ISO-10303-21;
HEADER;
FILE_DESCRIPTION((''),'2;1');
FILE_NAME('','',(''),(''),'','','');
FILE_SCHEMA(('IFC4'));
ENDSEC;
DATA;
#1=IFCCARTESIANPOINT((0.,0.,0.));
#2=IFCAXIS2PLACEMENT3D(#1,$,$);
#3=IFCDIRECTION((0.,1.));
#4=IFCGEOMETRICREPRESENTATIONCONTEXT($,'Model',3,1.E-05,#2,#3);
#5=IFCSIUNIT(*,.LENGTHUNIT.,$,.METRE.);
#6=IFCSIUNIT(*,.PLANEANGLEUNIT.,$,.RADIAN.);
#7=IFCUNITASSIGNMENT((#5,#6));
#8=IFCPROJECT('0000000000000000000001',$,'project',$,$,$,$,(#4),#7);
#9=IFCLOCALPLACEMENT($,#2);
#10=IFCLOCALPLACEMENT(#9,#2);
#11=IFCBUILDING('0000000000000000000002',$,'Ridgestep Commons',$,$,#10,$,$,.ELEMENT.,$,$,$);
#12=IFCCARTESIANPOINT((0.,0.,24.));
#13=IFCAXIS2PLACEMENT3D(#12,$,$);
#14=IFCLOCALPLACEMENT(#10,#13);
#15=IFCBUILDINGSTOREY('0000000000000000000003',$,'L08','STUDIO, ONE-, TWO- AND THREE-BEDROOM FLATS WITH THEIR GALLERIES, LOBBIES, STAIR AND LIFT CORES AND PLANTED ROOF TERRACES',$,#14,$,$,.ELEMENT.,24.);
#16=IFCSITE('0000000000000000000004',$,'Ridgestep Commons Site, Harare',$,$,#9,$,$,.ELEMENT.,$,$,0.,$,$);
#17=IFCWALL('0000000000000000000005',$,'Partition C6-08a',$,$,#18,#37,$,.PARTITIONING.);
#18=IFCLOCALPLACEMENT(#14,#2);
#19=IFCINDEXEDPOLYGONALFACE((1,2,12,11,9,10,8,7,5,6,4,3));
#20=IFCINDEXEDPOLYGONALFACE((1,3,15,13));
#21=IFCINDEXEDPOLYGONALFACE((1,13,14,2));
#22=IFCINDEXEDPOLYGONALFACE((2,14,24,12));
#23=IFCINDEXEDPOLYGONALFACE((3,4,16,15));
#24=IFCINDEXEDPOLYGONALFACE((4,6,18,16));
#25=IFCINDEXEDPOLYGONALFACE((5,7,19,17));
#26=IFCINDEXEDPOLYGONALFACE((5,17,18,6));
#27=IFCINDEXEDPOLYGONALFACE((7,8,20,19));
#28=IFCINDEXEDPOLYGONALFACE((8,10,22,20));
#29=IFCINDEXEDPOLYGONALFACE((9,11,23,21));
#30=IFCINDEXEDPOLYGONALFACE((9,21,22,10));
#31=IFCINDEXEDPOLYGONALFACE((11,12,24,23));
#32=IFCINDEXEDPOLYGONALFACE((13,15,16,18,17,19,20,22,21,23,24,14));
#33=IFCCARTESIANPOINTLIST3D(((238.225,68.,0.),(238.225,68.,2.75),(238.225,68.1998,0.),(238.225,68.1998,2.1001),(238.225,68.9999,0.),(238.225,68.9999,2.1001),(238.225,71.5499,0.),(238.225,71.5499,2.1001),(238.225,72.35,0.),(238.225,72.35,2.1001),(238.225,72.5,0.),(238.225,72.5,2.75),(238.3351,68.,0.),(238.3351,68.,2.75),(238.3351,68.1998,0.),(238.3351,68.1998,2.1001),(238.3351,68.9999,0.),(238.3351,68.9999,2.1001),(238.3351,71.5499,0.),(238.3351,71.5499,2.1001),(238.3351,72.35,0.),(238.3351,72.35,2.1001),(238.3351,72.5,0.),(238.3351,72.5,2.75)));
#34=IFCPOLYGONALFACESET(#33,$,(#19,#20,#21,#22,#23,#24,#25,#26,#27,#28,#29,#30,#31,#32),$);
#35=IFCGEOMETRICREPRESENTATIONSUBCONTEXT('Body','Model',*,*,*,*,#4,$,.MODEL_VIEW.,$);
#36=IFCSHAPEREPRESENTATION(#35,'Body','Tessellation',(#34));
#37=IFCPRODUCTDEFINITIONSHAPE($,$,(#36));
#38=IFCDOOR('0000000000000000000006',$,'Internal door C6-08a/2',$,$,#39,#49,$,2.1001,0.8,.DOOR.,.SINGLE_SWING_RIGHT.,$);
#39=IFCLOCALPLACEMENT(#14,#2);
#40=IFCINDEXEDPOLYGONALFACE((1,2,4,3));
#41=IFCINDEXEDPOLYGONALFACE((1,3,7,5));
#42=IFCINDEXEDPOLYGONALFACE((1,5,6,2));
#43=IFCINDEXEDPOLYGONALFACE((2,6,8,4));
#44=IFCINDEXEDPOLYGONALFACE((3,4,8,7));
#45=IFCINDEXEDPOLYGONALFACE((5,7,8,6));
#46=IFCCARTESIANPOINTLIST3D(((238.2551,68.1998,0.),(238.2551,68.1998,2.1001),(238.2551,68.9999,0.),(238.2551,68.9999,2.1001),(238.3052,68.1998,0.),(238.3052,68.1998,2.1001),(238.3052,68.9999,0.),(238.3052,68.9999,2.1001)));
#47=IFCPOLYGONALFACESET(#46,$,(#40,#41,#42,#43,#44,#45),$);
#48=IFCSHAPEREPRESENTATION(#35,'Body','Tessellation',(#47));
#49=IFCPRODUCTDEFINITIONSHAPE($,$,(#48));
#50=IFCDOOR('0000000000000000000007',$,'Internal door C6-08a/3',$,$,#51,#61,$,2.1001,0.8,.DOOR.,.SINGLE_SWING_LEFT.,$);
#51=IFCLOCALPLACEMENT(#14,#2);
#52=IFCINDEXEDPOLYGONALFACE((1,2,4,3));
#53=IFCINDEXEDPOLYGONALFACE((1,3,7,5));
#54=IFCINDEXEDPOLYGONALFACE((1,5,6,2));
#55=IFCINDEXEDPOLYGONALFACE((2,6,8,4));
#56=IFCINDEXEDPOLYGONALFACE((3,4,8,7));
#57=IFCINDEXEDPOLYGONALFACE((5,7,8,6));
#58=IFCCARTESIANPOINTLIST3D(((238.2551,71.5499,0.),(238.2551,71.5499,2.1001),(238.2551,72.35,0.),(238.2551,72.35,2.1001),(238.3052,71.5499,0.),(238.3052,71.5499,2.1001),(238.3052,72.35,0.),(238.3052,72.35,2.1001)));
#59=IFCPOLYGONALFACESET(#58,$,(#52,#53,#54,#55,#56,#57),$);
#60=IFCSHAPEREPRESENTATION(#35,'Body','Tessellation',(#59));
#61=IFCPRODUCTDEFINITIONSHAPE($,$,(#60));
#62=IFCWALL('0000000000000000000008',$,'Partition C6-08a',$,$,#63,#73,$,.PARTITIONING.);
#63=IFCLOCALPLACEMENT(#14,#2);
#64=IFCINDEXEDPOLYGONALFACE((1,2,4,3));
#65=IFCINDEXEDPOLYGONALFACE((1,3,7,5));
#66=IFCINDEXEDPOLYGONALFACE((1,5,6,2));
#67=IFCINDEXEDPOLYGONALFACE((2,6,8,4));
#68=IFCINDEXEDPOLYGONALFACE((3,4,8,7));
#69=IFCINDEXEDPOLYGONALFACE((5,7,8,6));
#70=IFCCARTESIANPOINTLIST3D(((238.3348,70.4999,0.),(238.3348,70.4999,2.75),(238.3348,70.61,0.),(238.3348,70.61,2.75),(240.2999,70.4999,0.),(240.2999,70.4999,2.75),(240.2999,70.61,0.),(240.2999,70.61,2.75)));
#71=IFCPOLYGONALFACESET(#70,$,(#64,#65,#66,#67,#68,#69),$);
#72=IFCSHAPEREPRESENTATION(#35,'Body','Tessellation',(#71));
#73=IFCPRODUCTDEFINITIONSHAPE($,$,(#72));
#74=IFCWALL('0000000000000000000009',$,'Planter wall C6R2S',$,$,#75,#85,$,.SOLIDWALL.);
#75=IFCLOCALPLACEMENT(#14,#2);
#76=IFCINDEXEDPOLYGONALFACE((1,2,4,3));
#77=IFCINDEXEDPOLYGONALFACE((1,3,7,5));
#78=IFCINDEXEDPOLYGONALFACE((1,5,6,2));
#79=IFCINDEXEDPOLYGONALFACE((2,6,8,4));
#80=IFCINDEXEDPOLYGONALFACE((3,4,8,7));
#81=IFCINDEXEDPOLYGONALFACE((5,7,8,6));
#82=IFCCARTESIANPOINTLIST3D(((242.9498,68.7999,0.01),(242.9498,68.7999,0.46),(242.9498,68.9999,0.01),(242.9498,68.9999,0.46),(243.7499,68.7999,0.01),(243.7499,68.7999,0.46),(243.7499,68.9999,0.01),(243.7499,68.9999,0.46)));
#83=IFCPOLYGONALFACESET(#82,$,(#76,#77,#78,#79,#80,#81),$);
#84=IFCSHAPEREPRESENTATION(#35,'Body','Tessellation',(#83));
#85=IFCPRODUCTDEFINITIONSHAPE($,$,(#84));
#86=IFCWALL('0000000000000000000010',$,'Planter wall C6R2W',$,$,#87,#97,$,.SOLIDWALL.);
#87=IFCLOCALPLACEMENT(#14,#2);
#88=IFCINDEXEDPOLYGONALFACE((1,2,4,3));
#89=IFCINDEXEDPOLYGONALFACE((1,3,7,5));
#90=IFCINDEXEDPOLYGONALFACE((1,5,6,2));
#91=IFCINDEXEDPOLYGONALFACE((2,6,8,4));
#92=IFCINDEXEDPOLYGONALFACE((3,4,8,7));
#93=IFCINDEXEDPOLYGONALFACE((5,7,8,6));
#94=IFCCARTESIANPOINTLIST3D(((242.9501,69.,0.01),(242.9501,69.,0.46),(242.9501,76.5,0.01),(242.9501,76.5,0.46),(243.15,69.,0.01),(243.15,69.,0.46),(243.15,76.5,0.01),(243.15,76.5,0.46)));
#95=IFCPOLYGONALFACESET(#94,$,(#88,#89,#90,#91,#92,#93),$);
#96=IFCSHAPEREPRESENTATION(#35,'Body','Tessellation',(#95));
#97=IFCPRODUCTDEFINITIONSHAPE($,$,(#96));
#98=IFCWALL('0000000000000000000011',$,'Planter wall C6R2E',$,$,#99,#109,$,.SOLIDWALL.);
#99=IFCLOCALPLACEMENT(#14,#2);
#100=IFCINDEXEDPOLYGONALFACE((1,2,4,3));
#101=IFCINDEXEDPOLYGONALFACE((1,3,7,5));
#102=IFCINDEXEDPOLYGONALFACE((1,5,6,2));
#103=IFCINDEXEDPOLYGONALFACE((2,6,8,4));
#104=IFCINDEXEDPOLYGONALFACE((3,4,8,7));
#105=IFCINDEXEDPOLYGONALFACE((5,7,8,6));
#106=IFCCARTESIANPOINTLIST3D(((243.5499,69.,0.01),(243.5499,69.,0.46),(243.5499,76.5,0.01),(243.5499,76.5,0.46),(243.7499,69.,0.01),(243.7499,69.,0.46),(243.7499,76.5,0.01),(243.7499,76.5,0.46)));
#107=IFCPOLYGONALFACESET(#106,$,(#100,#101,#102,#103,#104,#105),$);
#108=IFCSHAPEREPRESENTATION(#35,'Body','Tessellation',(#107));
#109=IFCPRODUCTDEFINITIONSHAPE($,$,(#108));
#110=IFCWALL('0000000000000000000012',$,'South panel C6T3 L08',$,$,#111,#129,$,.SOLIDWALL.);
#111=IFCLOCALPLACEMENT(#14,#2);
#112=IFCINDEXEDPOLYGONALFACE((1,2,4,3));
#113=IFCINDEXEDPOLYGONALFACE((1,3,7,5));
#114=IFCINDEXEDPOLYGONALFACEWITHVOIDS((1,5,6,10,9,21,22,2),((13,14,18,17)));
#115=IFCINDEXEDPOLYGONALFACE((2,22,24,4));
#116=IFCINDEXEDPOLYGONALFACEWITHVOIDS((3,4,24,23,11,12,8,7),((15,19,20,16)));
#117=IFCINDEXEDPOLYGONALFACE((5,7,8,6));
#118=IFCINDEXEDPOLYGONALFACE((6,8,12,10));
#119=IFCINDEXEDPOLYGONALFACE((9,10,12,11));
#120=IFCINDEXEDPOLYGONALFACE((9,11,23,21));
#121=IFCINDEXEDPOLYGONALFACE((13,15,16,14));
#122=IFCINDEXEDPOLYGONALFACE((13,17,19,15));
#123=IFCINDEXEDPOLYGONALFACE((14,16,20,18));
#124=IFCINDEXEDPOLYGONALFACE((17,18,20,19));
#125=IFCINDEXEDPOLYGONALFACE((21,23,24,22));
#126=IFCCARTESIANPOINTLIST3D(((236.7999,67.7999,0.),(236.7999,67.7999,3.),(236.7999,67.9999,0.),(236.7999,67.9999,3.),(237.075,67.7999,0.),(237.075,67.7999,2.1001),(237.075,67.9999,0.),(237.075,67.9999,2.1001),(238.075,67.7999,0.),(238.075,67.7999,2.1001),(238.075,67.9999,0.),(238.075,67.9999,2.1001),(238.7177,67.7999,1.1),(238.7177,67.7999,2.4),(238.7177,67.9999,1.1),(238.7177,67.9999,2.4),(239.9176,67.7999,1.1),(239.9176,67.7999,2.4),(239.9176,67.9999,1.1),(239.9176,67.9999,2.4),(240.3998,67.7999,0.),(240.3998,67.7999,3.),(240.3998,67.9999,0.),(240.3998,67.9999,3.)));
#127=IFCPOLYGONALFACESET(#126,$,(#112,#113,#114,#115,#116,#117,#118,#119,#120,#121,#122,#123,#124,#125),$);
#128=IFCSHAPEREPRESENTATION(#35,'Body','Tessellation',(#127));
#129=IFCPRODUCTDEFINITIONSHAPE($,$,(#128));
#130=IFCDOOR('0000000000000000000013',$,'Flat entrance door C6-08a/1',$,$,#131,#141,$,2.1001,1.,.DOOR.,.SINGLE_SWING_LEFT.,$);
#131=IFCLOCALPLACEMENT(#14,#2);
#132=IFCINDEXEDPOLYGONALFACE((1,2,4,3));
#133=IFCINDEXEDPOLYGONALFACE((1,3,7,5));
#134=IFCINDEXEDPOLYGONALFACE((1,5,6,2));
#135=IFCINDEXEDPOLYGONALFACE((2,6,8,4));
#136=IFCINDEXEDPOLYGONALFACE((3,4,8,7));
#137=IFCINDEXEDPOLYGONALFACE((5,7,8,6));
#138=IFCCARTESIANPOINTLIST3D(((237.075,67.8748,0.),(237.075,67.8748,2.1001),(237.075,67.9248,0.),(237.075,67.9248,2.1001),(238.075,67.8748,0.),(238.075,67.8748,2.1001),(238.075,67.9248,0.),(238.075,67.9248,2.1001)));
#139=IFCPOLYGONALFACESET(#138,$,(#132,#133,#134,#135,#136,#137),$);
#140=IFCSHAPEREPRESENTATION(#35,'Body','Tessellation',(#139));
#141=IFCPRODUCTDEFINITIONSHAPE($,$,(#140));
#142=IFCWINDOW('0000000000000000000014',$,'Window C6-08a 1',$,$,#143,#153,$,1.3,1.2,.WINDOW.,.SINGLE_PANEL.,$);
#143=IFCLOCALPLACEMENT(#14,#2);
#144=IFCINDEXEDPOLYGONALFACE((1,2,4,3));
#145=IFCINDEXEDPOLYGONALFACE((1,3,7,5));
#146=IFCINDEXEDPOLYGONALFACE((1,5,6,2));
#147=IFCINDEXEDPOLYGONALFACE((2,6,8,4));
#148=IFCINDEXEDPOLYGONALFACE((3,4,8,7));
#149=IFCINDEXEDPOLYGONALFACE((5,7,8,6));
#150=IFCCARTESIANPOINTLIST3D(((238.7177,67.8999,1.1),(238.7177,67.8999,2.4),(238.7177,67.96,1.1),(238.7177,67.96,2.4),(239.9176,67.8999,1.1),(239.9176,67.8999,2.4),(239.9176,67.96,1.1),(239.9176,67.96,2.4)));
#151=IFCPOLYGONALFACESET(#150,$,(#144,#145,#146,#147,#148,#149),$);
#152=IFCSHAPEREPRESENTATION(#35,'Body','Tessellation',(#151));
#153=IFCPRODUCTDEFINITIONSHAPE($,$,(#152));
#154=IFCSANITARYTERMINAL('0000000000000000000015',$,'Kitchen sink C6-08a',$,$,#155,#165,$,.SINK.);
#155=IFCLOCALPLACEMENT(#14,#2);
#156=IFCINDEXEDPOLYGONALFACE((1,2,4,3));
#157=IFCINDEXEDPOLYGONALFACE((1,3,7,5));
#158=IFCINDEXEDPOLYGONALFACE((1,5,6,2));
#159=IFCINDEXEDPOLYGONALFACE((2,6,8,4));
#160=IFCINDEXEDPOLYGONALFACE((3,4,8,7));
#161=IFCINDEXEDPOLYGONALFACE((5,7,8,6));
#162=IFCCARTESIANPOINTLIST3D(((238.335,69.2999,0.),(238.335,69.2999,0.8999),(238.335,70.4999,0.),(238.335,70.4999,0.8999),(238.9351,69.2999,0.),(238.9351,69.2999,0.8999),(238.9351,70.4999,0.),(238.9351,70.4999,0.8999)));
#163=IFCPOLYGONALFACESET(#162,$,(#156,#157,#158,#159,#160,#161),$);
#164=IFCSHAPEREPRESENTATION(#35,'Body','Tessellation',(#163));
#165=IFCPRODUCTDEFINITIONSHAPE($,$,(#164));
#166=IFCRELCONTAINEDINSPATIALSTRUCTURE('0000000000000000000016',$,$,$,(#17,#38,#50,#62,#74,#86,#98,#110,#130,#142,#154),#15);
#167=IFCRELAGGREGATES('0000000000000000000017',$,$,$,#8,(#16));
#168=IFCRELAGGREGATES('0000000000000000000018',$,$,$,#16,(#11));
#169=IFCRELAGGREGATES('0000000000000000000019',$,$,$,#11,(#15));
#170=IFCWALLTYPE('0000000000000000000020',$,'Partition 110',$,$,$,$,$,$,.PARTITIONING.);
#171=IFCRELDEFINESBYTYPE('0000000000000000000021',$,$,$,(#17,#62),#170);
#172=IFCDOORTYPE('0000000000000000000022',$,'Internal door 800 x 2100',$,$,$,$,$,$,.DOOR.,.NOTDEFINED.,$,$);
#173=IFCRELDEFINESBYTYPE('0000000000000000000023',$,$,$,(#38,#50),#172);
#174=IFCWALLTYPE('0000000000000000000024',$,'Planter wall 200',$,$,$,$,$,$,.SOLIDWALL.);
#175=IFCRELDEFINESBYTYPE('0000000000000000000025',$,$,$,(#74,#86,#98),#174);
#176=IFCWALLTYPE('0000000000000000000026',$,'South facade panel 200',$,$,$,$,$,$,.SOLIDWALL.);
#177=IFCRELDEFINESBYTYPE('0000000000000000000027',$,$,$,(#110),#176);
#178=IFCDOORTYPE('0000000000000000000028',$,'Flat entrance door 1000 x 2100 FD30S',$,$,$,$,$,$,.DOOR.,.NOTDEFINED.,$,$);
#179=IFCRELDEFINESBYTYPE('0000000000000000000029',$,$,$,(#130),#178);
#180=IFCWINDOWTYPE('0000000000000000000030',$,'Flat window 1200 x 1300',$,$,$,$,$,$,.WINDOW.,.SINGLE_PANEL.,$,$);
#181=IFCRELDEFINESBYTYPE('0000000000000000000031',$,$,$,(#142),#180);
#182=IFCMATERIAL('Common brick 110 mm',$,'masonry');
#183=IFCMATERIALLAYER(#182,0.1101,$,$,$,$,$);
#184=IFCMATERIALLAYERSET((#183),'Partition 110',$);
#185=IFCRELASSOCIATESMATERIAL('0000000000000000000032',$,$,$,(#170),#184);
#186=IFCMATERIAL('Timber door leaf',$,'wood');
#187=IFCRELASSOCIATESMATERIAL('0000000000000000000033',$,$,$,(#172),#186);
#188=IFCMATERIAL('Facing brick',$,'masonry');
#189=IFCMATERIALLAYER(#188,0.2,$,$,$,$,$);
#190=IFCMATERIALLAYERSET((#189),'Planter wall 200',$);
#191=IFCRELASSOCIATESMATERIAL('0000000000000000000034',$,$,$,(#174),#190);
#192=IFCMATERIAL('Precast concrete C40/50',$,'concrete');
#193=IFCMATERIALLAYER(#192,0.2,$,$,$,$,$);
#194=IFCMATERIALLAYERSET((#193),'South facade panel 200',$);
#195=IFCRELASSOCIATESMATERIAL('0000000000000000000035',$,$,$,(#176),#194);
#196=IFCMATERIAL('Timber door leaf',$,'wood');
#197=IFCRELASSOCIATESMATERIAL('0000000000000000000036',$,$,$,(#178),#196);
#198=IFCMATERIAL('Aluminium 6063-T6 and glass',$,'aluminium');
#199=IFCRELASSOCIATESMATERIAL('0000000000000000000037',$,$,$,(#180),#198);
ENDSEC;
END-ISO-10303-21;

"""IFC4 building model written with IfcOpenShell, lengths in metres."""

from ifc_helpers import new_model, si_unit, direction, frame, frame_2d, origin, origin_2d, place, context, subcontext, project, spatial, rectangle, extrude, material, layer, layer_set, type_object, element, fill, save


model = new_model("IFC4")

# Units and contexts
model_context = context("Model", 3, precision=1e-05, world=origin(), true_north=direction((0.0, 1.0)))
body_context = subcontext(model_context, "Body", "Model", "MODEL_VIEW")
ifc_project = project(units=[si_unit("LENGTHUNIT", "METRE"), si_unit("PLANEANGLEUNIT", "RADIAN")], contexts=[model_context])

# Site, building, storey
site_placement = place(None, origin())
site = spatial("IfcSite", under=ifc_project, at=site_placement, Name="Ridgestep Commons Site, Harare", CompositionType="ELEMENT", RefElevation=0.0)
building_placement = place(site_placement, origin())
building = spatial("IfcBuilding", under=site, at=building_placement, Name="Ridgestep Commons", CompositionType="ELEMENT")
storey_placement = place(building_placement, frame((0.0, 0.0, 24.0)))
storey = spatial("IfcBuildingStorey", under=building, at=storey_placement, Name="L08", Description="STUDIO, ONE-, TWO- AND THREE-BEDROOM FLATS WITH THEIR GALLERIES, LOBBIES, STAIR AND LIFT CORES AND PLANTED ROOF TERRACES", CompositionType="ELEMENT", Elevation=24.0)

# Wall, openings, doors
ifc_material_1 = material(Name="Common brick 110 mm", Category="masonry")
ifc_layer_1 = layer(ifc_material_1, 0.1101)
ifc_layer_set_1 = layer_set([ifc_layer_1], Name="Partition 110")
wall_type_1 = type_object("IfcWallType", Name="Partition 110", PredefinedType="PARTITIONING", material=ifc_layer_set_1)
wall_1_placement = place(storey_placement, frame((238.28, 68.0, 0.0), z_axis=(0.0, 0.0, 1.0), x_axis=(0.0, 1.0, 0.0)))
wall_1 = element("IfcWall", 1, at=wall_1_placement, inside=storey, type_object=wall_type_1, Name="Partition C6-08a", PredefinedType="PARTITIONING", context=body_context, shape_type="SweptSolid", body=[
    extrude(rectangle(XDim=4.5, YDim=0.1101, at=frame_2d((2.25, 0.0))), origin(), (0.0, 0.0, 1.0), 2.75),
])
opening_1_placement = place(wall_1_placement, frame((0.2, 0.0, 0.0)))
opening_1 = element("IfcOpeningElement", 2, at=opening_1_placement, cuts=wall_1, PredefinedType="OPENING", context=body_context, shape_type="SweptSolid", body=[
    extrude(rectangle(XDim=0.8, YDim=2.1001, at=frame_2d((0.3999, 1.05))), frame((0.0, 0.0649, 0.0), z_axis=(0.0, -1.0, 0.0), x_axis=(1.0, 0.0, 0.0)), (0.0, 0.0, 1.0), 0.1301),
])
opening_2_placement = place(wall_1_placement, frame((3.55, 0.0, 0.0)))
opening_2 = element("IfcOpeningElement", 3, at=opening_2_placement, cuts=wall_1, PredefinedType="OPENING", context=body_context, shape_type="SweptSolid", body=[
    extrude(rectangle(XDim=0.8, YDim=2.1001, at=frame_2d((0.3999, 1.05))), frame((0.0, 0.0649, 0.0), z_axis=(0.0, -1.0, 0.0), x_axis=(1.0, 0.0, 0.0)), (0.0, 0.0, 1.0), 0.1301),
])
ifc_material_2 = material(Name="Timber door leaf", Category="wood")
door_type_1 = type_object("IfcDoorType", Name="Internal door 800 x 2100", OperationType="NOTDEFINED", PredefinedType="DOOR", material=ifc_material_2)
door_1_placement = place(opening_1_placement, origin())
door_1 = element("IfcDoor", 4, at=door_1_placement, inside=storey, type_object=door_type_1, Name="Internal door C6-08a/2", OperationType="SINGLE_SWING_RIGHT", OverallHeight=2.1001, OverallWidth=0.8, PredefinedType="DOOR", context=body_context, shape_type="SweptSolid", body=[
    extrude(rectangle(XDim=0.8, YDim=2.1001, at=frame_2d((0.3999, 1.05))), frame((0.0, 0.0249, 0.0), z_axis=(0.0, -1.0, 0.0), x_axis=(1.0, 0.0, 0.0)), (0.0, 0.0, 1.0), 0.05),
])
fill(opening_1, door_1)
door_2_placement = place(opening_2_placement, origin())
door_2 = element("IfcDoor", 5, at=door_2_placement, inside=storey, type_object=door_type_1, Name="Internal door C6-08a/3", OperationType="SINGLE_SWING_LEFT", OverallHeight=2.1001, OverallWidth=0.8, PredefinedType="DOOR", context=body_context, shape_type="SweptSolid", body=[
    extrude(rectangle(XDim=0.8, YDim=2.1001, at=frame_2d((0.3999, 1.05))), frame((0.0, 0.0249, 0.0), z_axis=(0.0, -1.0, 0.0), x_axis=(1.0, 0.0, 0.0)), (0.0, 0.0, 1.0), 0.05),
])
fill(opening_2, door_2)

# Walls
wall_2_placement = place(storey_placement, frame((238.335, 70.5549, 0.0), z_axis=(0.0, 0.0, 1.0), x_axis=(1.0, 0.0, 0.0)))
element("IfcWall", 6, at=wall_2_placement, inside=storey, type_object=wall_type_1, Name="Partition C6-08a", PredefinedType="PARTITIONING", context=body_context, shape_type="SweptSolid", body=[
    extrude(rectangle(XDim=1.9651, YDim=0.1101, at=frame_2d((0.9824, 0.0))), origin(), (0.0, 0.0, 1.0), 2.75),
])
ifc_material_3 = material(Name="Facing brick", Category="masonry")
ifc_layer_2 = layer(ifc_material_3, 0.2)
ifc_layer_set_2 = layer_set([ifc_layer_2], Name="Planter wall 200")
wall_type_2 = type_object("IfcWallType", Name="Planter wall 200", PredefinedType="SOLIDWALL", material=ifc_layer_set_2)
wall_3_placement = place(storey_placement, frame((242.95, 68.8999, 0.01), z_axis=(0.0, 0.0, 1.0), x_axis=(1.0, 0.0, 0.0)))
element("IfcWall", 7, at=wall_3_placement, inside=storey, type_object=wall_type_2, Name="Planter wall C6R2S", PredefinedType="SOLIDWALL", context=body_context, shape_type="SweptSolid", body=[
    extrude(rectangle(XDim=0.8, YDim=0.2, at=frame_2d((0.3999, 0.0))), origin(), (0.0, 0.0, 1.0), 0.45),
])
for number, where, z_axis, x_axis, name in (
    (8, (243.05, 69.0, 0.01), (0.0, 0.0, 1.0), (0.0, 1.0, 0.0), "Planter wall C6R2W"),
    (9, (243.6499, 69.0, 0.01), (0.0, 0.0, 1.0), (0.0, 1.0, 0.0), "Planter wall C6R2E"),
):
    element("IfcWall", number, at=place(storey_placement, frame(where, z_axis=z_axis, x_axis=x_axis)), inside=storey, type_object=wall_type_2, Name=name, PredefinedType="SOLIDWALL", context=body_context, shape_type="SweptSolid", body=[
        extrude(rectangle(XDim=7.5, YDim=0.2, at=frame_2d((3.75, 0.0))), origin(), (0.0, 0.0, 1.0), 0.45),
    ])

# Wall, openings, door, window
ifc_material_4 = material(Name="Precast concrete C40/50", Category="concrete")
ifc_layer_3 = layer(ifc_material_4, 0.2)
ifc_layer_set_3 = layer_set([ifc_layer_3], Name="South facade panel 200")
wall_type_3 = type_object("IfcWallType", Name="South facade panel 200", PredefinedType="SOLIDWALL", material=ifc_layer_set_3)
wall_4_placement = place(storey_placement, frame((236.8, 67.8999, 0.0), z_axis=(0.0, 0.0, 1.0), x_axis=(1.0, 0.0, 0.0)))
wall_4 = element("IfcWall", 10, at=wall_4_placement, inside=storey, type_object=wall_type_3, Name="South panel C6T3 L08", PredefinedType="SOLIDWALL", context=body_context, shape_type="SweptSolid", body=[
    extrude(rectangle(XDim=3.5999, YDim=0.2, at=frame_2d((1.7998, 0.0))), origin(), (0.0, 0.0, 1.0), 3.0),
])
opening_3_placement = place(wall_4_placement, frame((1.9175, 0.0, 1.1001)))
opening_3 = element("IfcOpeningElement", 11, at=opening_3_placement, cuts=wall_4, PredefinedType="OPENING", context=body_context, shape_type="SweptSolid", body=[
    extrude(rectangle(XDim=1.2, YDim=1.3, at=frame_2d((0.6001, 0.6499))), frame((0.0, 0.1099, 0.0), z_axis=(0.0, -1.0, 0.0), x_axis=(1.0, 0.0, 0.0)), (0.0, 0.0, 1.0), 0.22),
])
opening_4_placement = place(wall_4_placement, frame((0.2749, 0.0, 0.0)))
opening_4 = element("IfcOpeningElement", 12, at=opening_4_placement, cuts=wall_4, PredefinedType="OPENING", context=body_context, shape_type="SweptSolid", body=[
    extrude(rectangle(XDim=1.0, YDim=2.1001, at=frame_2d((0.5, 1.05))), frame((0.0, 0.1099, 0.0), z_axis=(0.0, -1.0, 0.0), x_axis=(1.0, 0.0, 0.0)), (0.0, 0.0, 1.0), 0.22),
])
ifc_material_5 = material(Name="Timber door leaf", Category="wood")
door_type_2 = type_object("IfcDoorType", Name="Flat entrance door 1000 x 2100 FD30S", OperationType="NOTDEFINED", PredefinedType="DOOR", material=ifc_material_5)
door_3_placement = place(opening_4_placement, origin())
door_3 = element("IfcDoor", 13, at=door_3_placement, inside=storey, type_object=door_type_2, Name="Flat entrance door C6-08a/1", OperationType="SINGLE_SWING_LEFT", OverallHeight=2.1001, OverallWidth=1.0, PredefinedType="DOOR", context=body_context, shape_type="SweptSolid", body=[
    extrude(rectangle(XDim=1.0, YDim=2.1001, at=frame_2d((0.5, 1.05))), frame((0.0, 0.0249, 0.0), z_axis=(0.0, -1.0, 0.0), x_axis=(1.0, 0.0, 0.0)), (0.0, 0.0, 1.0), 0.05),
])
fill(opening_4, door_3)
ifc_material_6 = material(Name="Aluminium 6063-T6 and glass", Category="aluminium")
window_type_1 = type_object("IfcWindowType", Name="Flat window 1200 x 1300", PartitioningType="SINGLE_PANEL", PredefinedType="WINDOW", material=ifc_material_6)
window_1_placement = place(opening_3_placement, origin())
window_1 = element("IfcWindow", 14, at=window_1_placement, inside=storey, type_object=window_type_1, Name="Window C6-08a 1", OverallHeight=1.3, OverallWidth=1.2, PartitioningType="SINGLE_PANEL", PredefinedType="WINDOW", context=body_context, shape_type="SweptSolid", body=[
    extrude(rectangle(XDim=1.2, YDim=1.3, at=frame_2d((0.6001, 0.6499))), frame((0.0, 0.0601, 0.0), z_axis=(0.0, -1.0, 0.0), x_axis=(1.0, 0.0, 0.0)), (0.0, 0.0, 1.0), 0.0601),
])
fill(opening_3, window_1)

# Sanitary terminal
sanitary_terminal_placement = place(storey_placement, frame((238.635, 69.8999, 0.0), z_axis=(0.0, 0.0, 1.0), x_axis=(1.0, 0.0, 0.0)))
element("IfcSanitaryTerminal", 15, at=sanitary_terminal_placement, inside=storey, Name="Kitchen sink C6-08a", PredefinedType="SINK", context=body_context, shape_type="SweptSolid", body=[
    extrude(rectangle(XDim=0.6001, YDim=1.2, at=origin_2d()), origin(), (0.0, 0.0, 1.0), 0.8999),
])

save(model, "model.ifc")
